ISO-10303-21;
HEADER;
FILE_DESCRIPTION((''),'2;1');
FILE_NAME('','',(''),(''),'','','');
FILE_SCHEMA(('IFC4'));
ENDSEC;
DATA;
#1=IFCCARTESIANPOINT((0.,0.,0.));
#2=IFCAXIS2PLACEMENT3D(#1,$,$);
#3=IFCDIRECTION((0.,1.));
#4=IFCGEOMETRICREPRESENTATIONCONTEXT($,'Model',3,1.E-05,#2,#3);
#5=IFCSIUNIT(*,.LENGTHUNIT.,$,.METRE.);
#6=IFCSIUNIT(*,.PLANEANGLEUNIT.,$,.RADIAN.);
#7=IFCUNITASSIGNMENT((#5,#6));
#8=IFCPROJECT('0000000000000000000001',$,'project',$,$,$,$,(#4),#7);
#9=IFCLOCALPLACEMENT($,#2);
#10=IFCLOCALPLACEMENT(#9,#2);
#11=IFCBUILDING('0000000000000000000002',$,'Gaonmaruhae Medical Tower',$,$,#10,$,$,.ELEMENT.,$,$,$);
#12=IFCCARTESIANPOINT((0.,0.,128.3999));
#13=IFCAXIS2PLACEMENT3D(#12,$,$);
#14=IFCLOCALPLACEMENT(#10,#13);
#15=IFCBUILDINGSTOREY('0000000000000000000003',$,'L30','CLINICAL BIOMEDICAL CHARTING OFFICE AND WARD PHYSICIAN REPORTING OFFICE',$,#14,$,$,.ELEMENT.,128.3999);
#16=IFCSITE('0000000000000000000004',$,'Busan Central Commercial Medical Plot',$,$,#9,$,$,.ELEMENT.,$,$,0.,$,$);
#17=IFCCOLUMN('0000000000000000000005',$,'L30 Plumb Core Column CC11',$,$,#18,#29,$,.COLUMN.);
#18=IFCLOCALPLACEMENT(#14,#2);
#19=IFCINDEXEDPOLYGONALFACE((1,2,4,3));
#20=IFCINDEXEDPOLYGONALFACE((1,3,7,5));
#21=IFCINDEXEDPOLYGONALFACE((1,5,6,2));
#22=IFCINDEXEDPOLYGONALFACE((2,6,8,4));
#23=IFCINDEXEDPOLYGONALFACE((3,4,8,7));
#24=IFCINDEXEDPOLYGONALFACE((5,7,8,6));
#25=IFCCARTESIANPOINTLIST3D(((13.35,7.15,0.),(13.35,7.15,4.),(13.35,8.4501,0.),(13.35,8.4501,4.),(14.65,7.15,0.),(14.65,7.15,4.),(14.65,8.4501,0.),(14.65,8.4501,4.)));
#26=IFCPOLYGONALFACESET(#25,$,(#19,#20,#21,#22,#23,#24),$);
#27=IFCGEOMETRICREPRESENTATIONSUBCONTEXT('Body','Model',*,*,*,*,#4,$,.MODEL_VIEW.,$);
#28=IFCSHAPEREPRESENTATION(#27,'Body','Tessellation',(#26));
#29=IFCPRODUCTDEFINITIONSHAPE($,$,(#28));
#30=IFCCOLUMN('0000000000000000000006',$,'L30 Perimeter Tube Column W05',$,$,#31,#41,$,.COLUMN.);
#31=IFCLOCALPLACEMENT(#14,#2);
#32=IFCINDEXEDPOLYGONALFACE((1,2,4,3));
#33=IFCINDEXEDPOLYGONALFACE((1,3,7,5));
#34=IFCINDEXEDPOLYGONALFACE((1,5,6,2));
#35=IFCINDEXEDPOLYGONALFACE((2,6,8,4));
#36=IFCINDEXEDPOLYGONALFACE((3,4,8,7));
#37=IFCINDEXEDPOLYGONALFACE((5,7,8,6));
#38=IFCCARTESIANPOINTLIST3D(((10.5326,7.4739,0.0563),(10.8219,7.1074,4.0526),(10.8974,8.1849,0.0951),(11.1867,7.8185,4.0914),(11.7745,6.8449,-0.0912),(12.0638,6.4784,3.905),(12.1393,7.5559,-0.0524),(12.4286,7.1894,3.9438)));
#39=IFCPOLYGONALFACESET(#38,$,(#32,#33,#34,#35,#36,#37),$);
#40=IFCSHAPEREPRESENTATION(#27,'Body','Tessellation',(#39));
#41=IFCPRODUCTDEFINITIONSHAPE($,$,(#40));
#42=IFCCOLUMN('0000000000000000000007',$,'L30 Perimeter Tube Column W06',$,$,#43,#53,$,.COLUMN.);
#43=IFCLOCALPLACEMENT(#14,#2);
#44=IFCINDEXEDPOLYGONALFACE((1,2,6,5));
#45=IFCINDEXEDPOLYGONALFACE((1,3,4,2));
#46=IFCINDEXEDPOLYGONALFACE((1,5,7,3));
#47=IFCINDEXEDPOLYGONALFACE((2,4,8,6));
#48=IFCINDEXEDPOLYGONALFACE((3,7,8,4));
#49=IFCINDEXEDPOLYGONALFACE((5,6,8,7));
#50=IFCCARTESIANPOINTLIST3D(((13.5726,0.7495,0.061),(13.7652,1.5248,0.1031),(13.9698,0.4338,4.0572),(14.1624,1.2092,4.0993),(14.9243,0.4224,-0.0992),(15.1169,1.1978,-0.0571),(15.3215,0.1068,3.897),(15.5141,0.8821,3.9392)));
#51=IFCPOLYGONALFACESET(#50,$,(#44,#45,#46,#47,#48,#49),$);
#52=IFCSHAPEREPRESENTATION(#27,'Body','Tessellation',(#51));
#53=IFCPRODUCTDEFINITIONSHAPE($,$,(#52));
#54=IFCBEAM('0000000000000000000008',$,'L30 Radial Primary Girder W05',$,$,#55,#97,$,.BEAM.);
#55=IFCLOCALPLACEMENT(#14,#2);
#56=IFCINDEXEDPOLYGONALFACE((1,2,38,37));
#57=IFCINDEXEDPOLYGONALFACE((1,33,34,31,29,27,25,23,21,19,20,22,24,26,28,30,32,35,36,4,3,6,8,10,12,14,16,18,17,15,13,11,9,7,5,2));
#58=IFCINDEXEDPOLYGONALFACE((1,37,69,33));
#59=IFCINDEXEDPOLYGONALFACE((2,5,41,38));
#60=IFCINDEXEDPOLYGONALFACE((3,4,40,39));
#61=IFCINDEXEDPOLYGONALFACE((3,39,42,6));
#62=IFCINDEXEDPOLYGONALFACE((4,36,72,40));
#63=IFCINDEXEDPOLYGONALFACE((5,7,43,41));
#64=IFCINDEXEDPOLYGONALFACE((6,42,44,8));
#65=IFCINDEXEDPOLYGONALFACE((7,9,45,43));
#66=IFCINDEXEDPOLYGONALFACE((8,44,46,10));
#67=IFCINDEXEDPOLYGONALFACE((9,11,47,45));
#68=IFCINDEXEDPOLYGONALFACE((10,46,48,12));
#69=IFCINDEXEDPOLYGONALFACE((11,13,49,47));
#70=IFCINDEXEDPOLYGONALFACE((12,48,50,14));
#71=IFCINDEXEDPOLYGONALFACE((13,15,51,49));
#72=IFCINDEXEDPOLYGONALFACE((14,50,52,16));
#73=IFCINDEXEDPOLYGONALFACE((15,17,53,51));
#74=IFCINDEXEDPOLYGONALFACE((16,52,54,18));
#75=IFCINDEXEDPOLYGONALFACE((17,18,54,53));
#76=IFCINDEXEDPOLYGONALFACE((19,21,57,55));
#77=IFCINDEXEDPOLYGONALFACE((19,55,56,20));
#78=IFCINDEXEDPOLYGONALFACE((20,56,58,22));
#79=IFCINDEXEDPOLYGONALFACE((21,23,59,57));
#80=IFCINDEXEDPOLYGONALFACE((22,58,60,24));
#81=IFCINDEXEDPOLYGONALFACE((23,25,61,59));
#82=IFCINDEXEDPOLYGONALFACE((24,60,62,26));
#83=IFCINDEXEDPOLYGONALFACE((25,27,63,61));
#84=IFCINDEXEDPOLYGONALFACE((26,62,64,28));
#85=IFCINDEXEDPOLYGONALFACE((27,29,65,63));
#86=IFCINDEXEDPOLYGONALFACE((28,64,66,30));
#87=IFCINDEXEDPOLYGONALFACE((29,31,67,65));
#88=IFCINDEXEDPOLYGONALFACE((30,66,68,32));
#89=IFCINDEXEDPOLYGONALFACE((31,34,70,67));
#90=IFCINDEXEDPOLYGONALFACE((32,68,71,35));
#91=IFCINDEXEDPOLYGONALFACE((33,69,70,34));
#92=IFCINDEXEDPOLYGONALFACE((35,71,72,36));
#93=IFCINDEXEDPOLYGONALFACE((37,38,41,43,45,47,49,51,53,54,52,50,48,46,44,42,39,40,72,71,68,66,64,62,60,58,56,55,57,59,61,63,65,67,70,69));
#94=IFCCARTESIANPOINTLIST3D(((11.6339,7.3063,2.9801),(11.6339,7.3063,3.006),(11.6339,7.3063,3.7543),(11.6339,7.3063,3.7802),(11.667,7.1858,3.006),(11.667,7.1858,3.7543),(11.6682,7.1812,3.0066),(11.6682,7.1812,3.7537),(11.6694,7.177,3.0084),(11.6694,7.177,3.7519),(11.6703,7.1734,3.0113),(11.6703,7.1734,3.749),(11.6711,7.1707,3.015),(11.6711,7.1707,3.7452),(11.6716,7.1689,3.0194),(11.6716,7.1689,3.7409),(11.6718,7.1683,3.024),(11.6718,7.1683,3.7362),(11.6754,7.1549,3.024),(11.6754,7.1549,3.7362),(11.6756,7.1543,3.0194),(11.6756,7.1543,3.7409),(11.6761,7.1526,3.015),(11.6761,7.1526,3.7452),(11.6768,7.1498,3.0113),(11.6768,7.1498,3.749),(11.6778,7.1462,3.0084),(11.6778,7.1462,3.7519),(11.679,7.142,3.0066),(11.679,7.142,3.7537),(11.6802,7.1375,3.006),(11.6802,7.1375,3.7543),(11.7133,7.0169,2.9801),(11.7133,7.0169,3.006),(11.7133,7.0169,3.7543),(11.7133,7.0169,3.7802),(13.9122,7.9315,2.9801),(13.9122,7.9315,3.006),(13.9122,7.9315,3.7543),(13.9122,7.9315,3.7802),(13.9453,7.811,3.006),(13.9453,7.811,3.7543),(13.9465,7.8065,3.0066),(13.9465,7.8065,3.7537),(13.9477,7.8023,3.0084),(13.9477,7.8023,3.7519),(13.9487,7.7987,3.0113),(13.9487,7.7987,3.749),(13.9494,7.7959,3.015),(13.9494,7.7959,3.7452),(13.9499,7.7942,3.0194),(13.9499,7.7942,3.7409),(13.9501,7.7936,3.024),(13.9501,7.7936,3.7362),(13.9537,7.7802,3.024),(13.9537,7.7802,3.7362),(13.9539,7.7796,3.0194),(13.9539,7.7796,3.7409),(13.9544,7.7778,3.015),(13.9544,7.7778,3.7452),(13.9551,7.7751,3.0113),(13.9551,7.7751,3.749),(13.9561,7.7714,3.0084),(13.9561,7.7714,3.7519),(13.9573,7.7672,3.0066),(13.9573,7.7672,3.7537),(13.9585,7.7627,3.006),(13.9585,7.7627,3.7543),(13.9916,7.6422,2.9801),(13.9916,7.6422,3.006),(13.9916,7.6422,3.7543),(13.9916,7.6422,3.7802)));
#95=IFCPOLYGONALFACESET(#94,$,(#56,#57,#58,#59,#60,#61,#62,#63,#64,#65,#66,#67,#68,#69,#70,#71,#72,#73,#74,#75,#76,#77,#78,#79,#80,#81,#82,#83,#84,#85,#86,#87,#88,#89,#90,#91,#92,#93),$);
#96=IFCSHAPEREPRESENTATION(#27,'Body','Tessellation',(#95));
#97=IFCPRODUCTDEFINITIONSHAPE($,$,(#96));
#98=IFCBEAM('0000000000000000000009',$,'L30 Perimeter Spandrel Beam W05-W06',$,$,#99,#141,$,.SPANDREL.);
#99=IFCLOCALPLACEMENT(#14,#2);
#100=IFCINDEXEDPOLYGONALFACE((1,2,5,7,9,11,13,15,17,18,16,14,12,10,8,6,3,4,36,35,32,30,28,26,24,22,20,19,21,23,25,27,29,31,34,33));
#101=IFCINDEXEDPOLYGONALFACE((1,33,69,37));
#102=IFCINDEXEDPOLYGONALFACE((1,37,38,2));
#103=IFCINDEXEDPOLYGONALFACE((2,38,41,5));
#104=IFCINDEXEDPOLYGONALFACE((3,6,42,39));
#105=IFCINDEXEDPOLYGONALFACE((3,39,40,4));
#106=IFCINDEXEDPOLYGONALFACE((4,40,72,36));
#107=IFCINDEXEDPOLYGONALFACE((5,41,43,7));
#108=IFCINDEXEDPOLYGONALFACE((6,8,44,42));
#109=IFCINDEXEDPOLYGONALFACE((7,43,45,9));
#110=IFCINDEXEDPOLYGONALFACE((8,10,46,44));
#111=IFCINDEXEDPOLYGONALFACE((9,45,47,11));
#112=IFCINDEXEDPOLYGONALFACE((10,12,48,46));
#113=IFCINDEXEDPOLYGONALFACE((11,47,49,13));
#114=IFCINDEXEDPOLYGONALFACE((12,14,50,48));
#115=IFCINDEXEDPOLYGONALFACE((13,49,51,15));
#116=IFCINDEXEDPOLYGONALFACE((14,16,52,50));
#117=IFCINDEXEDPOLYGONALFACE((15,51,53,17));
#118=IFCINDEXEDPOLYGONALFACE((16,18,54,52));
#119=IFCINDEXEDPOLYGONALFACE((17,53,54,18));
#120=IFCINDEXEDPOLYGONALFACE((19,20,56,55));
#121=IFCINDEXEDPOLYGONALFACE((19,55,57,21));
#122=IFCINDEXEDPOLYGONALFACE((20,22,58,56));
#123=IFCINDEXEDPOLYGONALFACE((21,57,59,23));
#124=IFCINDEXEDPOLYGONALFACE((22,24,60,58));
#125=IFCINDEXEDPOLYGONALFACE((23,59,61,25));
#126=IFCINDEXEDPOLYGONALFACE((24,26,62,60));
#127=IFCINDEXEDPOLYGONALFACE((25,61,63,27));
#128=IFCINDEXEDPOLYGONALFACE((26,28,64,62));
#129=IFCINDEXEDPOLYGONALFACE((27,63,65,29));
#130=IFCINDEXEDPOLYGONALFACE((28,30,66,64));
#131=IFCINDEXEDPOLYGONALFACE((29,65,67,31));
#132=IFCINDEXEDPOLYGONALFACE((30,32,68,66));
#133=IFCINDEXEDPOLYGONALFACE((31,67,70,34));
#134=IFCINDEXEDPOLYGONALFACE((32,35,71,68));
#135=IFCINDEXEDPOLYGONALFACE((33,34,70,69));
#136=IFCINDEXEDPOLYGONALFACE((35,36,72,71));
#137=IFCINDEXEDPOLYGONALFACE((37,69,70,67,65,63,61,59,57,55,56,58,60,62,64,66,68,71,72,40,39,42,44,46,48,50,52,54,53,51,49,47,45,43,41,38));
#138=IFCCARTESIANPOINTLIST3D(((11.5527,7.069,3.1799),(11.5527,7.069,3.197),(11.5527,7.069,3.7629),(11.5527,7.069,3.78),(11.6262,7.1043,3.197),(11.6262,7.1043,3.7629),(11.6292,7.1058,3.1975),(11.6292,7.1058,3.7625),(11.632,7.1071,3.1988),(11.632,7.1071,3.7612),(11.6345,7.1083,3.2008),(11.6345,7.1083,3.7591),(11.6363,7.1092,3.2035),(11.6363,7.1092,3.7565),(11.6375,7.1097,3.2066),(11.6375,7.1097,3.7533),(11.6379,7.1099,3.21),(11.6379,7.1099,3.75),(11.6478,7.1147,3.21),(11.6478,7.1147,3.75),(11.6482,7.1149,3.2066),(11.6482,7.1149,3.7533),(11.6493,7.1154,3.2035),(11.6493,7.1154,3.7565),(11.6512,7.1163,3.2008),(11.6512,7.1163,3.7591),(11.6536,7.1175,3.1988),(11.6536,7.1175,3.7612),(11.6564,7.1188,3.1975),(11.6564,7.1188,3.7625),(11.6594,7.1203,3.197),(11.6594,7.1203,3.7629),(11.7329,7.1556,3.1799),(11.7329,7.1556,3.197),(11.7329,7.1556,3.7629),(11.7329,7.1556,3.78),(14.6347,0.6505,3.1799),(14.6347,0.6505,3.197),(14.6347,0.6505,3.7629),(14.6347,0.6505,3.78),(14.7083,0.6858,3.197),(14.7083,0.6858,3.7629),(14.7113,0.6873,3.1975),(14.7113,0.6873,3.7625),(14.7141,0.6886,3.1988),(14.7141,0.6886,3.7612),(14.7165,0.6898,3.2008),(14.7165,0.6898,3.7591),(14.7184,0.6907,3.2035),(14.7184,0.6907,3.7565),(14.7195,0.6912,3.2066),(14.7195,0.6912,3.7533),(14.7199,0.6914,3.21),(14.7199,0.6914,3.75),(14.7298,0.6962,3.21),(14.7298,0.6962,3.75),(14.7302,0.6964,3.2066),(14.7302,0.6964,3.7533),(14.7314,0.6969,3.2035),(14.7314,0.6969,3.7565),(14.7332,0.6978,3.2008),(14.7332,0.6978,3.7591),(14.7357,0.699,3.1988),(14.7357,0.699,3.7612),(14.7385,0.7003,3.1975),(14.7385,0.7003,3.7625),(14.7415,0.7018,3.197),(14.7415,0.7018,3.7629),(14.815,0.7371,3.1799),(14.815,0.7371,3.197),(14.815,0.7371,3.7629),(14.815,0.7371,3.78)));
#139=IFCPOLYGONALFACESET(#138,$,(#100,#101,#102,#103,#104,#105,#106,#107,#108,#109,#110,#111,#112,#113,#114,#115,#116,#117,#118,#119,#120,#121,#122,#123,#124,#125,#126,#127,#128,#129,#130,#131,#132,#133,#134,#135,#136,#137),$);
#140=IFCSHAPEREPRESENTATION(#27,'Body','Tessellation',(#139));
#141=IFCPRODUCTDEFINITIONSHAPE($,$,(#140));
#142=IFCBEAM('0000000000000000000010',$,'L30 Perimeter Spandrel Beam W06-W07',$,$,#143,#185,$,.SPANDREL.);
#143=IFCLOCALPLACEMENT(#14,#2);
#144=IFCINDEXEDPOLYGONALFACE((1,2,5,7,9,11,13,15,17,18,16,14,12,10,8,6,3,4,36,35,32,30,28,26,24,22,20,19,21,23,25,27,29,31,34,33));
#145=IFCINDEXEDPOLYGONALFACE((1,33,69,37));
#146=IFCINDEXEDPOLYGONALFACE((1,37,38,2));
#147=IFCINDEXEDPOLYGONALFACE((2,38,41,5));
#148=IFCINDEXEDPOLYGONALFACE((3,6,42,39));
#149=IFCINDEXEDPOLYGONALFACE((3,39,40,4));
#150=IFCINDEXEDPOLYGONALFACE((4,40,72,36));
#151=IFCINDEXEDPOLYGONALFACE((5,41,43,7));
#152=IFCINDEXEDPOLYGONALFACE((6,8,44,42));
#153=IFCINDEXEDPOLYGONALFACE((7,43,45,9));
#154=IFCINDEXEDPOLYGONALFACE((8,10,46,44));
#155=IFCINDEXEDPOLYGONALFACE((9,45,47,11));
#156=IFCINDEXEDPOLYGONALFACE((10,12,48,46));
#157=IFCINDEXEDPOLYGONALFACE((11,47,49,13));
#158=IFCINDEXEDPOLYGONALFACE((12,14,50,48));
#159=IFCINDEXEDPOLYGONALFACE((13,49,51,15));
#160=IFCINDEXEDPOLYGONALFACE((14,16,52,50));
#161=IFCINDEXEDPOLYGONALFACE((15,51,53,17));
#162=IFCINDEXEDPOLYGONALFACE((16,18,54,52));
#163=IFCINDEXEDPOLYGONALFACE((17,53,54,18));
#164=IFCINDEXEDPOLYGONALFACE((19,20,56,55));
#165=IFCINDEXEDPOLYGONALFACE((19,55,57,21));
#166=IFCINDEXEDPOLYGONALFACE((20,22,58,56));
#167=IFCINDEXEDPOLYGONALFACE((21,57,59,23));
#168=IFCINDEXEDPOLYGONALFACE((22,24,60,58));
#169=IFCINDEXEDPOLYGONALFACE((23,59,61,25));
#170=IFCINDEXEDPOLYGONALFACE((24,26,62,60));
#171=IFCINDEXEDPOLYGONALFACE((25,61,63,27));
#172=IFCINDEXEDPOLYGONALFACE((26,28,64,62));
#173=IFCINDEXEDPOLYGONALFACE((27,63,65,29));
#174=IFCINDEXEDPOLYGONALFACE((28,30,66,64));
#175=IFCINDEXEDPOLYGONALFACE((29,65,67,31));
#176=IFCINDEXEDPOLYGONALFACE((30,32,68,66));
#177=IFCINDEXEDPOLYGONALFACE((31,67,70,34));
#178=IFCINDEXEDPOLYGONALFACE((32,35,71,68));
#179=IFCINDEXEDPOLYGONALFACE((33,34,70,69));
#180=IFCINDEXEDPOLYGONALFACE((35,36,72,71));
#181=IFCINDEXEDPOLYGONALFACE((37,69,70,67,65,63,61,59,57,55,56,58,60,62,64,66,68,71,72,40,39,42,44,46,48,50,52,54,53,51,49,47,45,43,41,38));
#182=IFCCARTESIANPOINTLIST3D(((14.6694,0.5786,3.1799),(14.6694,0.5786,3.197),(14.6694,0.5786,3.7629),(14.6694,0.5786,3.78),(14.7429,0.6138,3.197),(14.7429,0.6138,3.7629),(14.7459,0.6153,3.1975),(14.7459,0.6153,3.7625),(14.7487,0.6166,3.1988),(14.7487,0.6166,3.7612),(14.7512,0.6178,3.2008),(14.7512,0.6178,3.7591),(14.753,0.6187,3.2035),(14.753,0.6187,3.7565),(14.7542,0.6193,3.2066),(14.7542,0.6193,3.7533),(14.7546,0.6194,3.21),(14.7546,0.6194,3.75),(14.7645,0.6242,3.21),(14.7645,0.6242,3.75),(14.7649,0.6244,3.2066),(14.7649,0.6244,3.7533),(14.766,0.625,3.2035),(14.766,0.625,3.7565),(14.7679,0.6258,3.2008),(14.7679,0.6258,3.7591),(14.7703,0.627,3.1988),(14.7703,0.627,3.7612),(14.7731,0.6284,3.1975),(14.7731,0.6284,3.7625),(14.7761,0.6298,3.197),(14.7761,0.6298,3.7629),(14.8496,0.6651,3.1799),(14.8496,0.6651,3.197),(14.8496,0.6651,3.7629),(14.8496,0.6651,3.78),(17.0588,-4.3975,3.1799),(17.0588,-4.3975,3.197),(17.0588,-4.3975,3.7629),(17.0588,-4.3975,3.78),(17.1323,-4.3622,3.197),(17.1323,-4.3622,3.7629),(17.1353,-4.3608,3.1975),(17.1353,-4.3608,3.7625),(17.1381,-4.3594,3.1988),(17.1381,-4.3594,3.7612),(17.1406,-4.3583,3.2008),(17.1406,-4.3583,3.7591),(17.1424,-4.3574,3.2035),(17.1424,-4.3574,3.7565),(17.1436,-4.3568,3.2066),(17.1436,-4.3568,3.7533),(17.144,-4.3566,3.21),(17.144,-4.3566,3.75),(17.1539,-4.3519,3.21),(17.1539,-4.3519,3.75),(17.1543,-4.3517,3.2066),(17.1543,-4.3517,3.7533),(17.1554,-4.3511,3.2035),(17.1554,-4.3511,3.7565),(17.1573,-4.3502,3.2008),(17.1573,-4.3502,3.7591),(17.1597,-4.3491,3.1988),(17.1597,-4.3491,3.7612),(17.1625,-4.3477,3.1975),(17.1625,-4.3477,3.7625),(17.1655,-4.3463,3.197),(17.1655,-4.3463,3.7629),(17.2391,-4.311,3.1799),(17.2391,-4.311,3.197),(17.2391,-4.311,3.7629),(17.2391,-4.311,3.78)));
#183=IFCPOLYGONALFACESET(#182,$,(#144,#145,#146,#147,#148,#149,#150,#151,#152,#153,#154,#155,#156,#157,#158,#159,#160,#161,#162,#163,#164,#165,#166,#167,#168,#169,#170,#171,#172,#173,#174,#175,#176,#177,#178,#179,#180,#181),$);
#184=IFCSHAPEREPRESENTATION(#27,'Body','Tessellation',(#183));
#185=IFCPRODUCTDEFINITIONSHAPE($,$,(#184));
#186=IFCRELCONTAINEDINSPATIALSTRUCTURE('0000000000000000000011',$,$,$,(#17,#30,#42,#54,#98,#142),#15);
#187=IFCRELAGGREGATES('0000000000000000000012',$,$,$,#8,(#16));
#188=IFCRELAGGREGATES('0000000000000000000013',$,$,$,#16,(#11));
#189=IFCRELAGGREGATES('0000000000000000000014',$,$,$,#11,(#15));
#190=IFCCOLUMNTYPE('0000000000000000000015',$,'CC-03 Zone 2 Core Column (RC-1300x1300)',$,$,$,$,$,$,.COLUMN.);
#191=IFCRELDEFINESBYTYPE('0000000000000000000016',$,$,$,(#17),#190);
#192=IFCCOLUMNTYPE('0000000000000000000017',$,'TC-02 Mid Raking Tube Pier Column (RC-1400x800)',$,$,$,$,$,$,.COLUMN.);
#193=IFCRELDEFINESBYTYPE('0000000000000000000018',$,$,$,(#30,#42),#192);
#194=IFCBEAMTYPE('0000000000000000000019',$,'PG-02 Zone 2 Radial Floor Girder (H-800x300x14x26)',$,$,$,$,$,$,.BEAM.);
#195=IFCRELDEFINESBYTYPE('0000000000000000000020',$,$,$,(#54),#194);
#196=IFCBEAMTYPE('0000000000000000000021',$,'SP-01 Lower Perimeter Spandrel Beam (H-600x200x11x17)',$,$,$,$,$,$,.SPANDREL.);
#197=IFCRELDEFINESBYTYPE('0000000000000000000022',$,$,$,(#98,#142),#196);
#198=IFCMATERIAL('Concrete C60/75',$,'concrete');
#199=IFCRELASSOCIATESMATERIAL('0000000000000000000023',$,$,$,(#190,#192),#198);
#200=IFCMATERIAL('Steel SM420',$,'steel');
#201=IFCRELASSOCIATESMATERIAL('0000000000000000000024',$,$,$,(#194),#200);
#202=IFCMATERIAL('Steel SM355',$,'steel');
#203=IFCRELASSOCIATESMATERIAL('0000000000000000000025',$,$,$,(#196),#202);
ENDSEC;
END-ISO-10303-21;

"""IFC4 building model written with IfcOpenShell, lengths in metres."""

from ifc_helpers import new_model, si_unit, direction, frame, origin, origin_2d, place, context, subcontext, project, spatial, rectangle, i_section, extrude, material, material_profile, profile_set, type_object, element, save


model = new_model("IFC4")

# Units and contexts
model_context = context("Model", 3, precision=1e-05, world=origin(), true_north=direction((0.0, 1.0)))
body_context = subcontext(model_context, "Body", "Model", "MODEL_VIEW")
ifc_project = project(units=[si_unit("LENGTHUNIT", "METRE"), si_unit("PLANEANGLEUNIT", "RADIAN")], contexts=[model_context])

# Site, building, storey
site_placement = place(None, origin())
site = spatial("IfcSite", under=ifc_project, at=site_placement, Name="Busan Central Commercial Medical Plot", CompositionType="ELEMENT", RefElevation=0.0)
building_placement = place(site_placement, origin())
building = spatial("IfcBuilding", under=site, at=building_placement, Name="Gaonmaruhae Medical Tower", CompositionType="ELEMENT")
storey_placement = place(building_placement, frame((0.0, 0.0, 128.3999)))
storey = spatial("IfcBuildingStorey", under=building, at=storey_placement, Name="L30", Description="CLINICAL BIOMEDICAL CHARTING OFFICE AND WARD PHYSICIAN REPORTING OFFICE", CompositionType="ELEMENT", Elevation=128.3999)

# Columns
ifc_material_1 = material(Name="Concrete C60/75", Category="concrete")
ifc_material_profile_1 = material_profile(ifc_material_1, rectangle(XDim=1.3, YDim=1.3, at=origin_2d()), Name="RC-1300x1300")
ifc_profile_set_1 = profile_set([ifc_material_profile_1], Name="Concrete C60/75")
column_type_1 = type_object("IfcColumnType", Name="CC-03 Zone 2 Core Column (RC-1300x1300)", PredefinedType="COLUMN", material=ifc_profile_set_1)
column_1_placement = place(storey_placement, frame((14.0, 7.8, 0.0), z_axis=(0.0, 0.0, 1.0), x_axis=(1.0, 0.0, 0.0)))
element("IfcColumn", 1, at=column_1_placement, inside=storey, type_object=column_type_1, Name="L30 Plumb Core Column CC11", PredefinedType="COLUMN", context=body_context, shape_type="SweptSolid", body=[
    extrude(rectangle(XDim=1.3, YDim=1.3, at=origin_2d()), origin(), (0.0, 0.0, 1.0), 4.0),
])
ifc_material_profile_2 = material_profile(ifc_material_1, rectangle(XDim=1.3999, YDim=0.8, at=origin_2d()), Name="RC-1400x800")
ifc_profile_set_2 = profile_set([ifc_material_profile_2], Name="Concrete C60/75")
column_type_2 = type_object("IfcColumnType", Name="TC-02 Mid Raking Tube Pier Column (RC-1400x800)", PredefinedType="COLUMN", material=ifc_profile_set_2)
column_2_placement = place(storey_placement, frame((11.3359, 7.5149, 0.002), z_axis=(0.071904, -0.091078, 0.993244), x_axis=(-0.887126, 0.449326, 0.105424)))
element("IfcColumn", 2, at=column_2_placement, inside=storey, type_object=column_type_2, Name="L30 Perimeter Tube Column W05", PredefinedType="COLUMN", context=body_context, shape_type="SweptSolid", body=[
    extrude(rectangle(XDim=1.3999, YDim=0.8, at=origin_2d()), origin(), (0.0, 0.0, 1.0), 4.0234),
])
column_3_placement = place(storey_placement, frame((14.3447, 0.9736, 0.002), z_axis=(0.098604, -0.078362, 0.992037), x_axis=(-0.965576, 0.233603, 0.114426)))
element("IfcColumn", 3, at=column_3_placement, inside=storey, type_object=column_type_2, Name="L30 Perimeter Tube Column W06", PredefinedType="COLUMN", context=body_context, shape_type="SweptSolid", body=[
    extrude(rectangle(XDim=1.3999, YDim=0.8, at=origin_2d()), origin(), (0.0, 0.0, 1.0), 4.0283),
])

# Beams
ifc_material_2 = material(Name="Steel SM420", Category="steel")
ifc_material_profile_3 = material_profile(ifc_material_2, i_section(OverallWidth=0.3, OverallDepth=0.8, WebThickness=0.0139, FlangeThickness=0.0259, FilletRadius=0.0181, at=origin_2d()), Name="H-800x300x14x26")
ifc_profile_set_3 = profile_set([ifc_material_profile_3], Name="Steel SM420")
beam_type_1 = type_object("IfcBeamType", Name="PG-02 Zone 2 Radial Floor Girder (H-800x300x14x26)", PredefinedType="BEAM", material=ifc_profile_set_3)
beam_1_placement = place(storey_placement, frame((13.9519, 7.7869, 3.3801), z_axis=(-0.964345, -0.264647, 0.0), x_axis=(0.264647, -0.964345, 0.0)))
element("IfcBeam", 4, at=beam_1_placement, inside=storey, type_object=beam_type_1, Name="L30 Radial Primary Girder W05", PredefinedType="BEAM", context=body_context, shape_type="SweptSolid", body=[
    extrude(i_section(OverallWidth=0.3, OverallDepth=0.8, WebThickness=0.0139, FlangeThickness=0.0259, FilletRadius=0.0181, at=origin_2d()), origin(), (0.0, 0.0, 1.0), 2.3625),
])
ifc_material_3 = material(Name="Steel SM355", Category="steel")
ifc_material_profile_4 = material_profile(ifc_material_3, i_section(OverallWidth=0.2, OverallDepth=0.6001, WebThickness=0.011, FlangeThickness=0.0171, FilletRadius=0.0129, at=origin_2d()), Name="H-600x200x11x17")
ifc_profile_set_4 = profile_set([ifc_material_profile_4], Name="Steel SM355")
beam_type_2 = type_object("IfcBeamType", Name="SP-01 Lower Perimeter Spandrel Beam (H-600x200x11x17)", PredefinedType="SPANDREL", material=ifc_profile_set_4)
beam_2_placement = place(storey_placement, frame((11.6428, 7.1123, 3.48), z_axis=(0.432865, -0.901459, 0.0), x_axis=(0.901459, 0.432865, 0.0)))
element("IfcBeam", 5, at=beam_2_placement, inside=storey, type_object=beam_type_2, Name="L30 Perimeter Spandrel Beam W05-W06", PredefinedType="SPANDREL", context=body_context, shape_type="SweptSolid", body=[
    extrude(i_section(OverallWidth=0.2, OverallDepth=0.6001, WebThickness=0.011, FlangeThickness=0.0171, FilletRadius=0.0129, at=origin_2d()), origin(), (0.0, 0.0, 1.0), 7.1201),
])
beam_3_placement = place(storey_placement, frame((14.7595, 0.6218, 3.48), z_axis=(0.432862, -0.90146, 0.0), x_axis=(0.90146, 0.432862, 0.0)))
element("IfcBeam", 6, at=beam_3_placement, inside=storey, type_object=beam_type_2, Name="L30 Perimeter Spandrel Beam W06-W07", PredefinedType="SPANDREL", context=body_context, shape_type="SweptSolid", body=[
    extrude(i_section(OverallWidth=0.2, OverallDepth=0.6001, WebThickness=0.011, FlangeThickness=0.0171, FilletRadius=0.0129, at=origin_2d()), origin(), (0.0, 0.0, 1.0), 5.52),
])

save(model, "model.ifc")
